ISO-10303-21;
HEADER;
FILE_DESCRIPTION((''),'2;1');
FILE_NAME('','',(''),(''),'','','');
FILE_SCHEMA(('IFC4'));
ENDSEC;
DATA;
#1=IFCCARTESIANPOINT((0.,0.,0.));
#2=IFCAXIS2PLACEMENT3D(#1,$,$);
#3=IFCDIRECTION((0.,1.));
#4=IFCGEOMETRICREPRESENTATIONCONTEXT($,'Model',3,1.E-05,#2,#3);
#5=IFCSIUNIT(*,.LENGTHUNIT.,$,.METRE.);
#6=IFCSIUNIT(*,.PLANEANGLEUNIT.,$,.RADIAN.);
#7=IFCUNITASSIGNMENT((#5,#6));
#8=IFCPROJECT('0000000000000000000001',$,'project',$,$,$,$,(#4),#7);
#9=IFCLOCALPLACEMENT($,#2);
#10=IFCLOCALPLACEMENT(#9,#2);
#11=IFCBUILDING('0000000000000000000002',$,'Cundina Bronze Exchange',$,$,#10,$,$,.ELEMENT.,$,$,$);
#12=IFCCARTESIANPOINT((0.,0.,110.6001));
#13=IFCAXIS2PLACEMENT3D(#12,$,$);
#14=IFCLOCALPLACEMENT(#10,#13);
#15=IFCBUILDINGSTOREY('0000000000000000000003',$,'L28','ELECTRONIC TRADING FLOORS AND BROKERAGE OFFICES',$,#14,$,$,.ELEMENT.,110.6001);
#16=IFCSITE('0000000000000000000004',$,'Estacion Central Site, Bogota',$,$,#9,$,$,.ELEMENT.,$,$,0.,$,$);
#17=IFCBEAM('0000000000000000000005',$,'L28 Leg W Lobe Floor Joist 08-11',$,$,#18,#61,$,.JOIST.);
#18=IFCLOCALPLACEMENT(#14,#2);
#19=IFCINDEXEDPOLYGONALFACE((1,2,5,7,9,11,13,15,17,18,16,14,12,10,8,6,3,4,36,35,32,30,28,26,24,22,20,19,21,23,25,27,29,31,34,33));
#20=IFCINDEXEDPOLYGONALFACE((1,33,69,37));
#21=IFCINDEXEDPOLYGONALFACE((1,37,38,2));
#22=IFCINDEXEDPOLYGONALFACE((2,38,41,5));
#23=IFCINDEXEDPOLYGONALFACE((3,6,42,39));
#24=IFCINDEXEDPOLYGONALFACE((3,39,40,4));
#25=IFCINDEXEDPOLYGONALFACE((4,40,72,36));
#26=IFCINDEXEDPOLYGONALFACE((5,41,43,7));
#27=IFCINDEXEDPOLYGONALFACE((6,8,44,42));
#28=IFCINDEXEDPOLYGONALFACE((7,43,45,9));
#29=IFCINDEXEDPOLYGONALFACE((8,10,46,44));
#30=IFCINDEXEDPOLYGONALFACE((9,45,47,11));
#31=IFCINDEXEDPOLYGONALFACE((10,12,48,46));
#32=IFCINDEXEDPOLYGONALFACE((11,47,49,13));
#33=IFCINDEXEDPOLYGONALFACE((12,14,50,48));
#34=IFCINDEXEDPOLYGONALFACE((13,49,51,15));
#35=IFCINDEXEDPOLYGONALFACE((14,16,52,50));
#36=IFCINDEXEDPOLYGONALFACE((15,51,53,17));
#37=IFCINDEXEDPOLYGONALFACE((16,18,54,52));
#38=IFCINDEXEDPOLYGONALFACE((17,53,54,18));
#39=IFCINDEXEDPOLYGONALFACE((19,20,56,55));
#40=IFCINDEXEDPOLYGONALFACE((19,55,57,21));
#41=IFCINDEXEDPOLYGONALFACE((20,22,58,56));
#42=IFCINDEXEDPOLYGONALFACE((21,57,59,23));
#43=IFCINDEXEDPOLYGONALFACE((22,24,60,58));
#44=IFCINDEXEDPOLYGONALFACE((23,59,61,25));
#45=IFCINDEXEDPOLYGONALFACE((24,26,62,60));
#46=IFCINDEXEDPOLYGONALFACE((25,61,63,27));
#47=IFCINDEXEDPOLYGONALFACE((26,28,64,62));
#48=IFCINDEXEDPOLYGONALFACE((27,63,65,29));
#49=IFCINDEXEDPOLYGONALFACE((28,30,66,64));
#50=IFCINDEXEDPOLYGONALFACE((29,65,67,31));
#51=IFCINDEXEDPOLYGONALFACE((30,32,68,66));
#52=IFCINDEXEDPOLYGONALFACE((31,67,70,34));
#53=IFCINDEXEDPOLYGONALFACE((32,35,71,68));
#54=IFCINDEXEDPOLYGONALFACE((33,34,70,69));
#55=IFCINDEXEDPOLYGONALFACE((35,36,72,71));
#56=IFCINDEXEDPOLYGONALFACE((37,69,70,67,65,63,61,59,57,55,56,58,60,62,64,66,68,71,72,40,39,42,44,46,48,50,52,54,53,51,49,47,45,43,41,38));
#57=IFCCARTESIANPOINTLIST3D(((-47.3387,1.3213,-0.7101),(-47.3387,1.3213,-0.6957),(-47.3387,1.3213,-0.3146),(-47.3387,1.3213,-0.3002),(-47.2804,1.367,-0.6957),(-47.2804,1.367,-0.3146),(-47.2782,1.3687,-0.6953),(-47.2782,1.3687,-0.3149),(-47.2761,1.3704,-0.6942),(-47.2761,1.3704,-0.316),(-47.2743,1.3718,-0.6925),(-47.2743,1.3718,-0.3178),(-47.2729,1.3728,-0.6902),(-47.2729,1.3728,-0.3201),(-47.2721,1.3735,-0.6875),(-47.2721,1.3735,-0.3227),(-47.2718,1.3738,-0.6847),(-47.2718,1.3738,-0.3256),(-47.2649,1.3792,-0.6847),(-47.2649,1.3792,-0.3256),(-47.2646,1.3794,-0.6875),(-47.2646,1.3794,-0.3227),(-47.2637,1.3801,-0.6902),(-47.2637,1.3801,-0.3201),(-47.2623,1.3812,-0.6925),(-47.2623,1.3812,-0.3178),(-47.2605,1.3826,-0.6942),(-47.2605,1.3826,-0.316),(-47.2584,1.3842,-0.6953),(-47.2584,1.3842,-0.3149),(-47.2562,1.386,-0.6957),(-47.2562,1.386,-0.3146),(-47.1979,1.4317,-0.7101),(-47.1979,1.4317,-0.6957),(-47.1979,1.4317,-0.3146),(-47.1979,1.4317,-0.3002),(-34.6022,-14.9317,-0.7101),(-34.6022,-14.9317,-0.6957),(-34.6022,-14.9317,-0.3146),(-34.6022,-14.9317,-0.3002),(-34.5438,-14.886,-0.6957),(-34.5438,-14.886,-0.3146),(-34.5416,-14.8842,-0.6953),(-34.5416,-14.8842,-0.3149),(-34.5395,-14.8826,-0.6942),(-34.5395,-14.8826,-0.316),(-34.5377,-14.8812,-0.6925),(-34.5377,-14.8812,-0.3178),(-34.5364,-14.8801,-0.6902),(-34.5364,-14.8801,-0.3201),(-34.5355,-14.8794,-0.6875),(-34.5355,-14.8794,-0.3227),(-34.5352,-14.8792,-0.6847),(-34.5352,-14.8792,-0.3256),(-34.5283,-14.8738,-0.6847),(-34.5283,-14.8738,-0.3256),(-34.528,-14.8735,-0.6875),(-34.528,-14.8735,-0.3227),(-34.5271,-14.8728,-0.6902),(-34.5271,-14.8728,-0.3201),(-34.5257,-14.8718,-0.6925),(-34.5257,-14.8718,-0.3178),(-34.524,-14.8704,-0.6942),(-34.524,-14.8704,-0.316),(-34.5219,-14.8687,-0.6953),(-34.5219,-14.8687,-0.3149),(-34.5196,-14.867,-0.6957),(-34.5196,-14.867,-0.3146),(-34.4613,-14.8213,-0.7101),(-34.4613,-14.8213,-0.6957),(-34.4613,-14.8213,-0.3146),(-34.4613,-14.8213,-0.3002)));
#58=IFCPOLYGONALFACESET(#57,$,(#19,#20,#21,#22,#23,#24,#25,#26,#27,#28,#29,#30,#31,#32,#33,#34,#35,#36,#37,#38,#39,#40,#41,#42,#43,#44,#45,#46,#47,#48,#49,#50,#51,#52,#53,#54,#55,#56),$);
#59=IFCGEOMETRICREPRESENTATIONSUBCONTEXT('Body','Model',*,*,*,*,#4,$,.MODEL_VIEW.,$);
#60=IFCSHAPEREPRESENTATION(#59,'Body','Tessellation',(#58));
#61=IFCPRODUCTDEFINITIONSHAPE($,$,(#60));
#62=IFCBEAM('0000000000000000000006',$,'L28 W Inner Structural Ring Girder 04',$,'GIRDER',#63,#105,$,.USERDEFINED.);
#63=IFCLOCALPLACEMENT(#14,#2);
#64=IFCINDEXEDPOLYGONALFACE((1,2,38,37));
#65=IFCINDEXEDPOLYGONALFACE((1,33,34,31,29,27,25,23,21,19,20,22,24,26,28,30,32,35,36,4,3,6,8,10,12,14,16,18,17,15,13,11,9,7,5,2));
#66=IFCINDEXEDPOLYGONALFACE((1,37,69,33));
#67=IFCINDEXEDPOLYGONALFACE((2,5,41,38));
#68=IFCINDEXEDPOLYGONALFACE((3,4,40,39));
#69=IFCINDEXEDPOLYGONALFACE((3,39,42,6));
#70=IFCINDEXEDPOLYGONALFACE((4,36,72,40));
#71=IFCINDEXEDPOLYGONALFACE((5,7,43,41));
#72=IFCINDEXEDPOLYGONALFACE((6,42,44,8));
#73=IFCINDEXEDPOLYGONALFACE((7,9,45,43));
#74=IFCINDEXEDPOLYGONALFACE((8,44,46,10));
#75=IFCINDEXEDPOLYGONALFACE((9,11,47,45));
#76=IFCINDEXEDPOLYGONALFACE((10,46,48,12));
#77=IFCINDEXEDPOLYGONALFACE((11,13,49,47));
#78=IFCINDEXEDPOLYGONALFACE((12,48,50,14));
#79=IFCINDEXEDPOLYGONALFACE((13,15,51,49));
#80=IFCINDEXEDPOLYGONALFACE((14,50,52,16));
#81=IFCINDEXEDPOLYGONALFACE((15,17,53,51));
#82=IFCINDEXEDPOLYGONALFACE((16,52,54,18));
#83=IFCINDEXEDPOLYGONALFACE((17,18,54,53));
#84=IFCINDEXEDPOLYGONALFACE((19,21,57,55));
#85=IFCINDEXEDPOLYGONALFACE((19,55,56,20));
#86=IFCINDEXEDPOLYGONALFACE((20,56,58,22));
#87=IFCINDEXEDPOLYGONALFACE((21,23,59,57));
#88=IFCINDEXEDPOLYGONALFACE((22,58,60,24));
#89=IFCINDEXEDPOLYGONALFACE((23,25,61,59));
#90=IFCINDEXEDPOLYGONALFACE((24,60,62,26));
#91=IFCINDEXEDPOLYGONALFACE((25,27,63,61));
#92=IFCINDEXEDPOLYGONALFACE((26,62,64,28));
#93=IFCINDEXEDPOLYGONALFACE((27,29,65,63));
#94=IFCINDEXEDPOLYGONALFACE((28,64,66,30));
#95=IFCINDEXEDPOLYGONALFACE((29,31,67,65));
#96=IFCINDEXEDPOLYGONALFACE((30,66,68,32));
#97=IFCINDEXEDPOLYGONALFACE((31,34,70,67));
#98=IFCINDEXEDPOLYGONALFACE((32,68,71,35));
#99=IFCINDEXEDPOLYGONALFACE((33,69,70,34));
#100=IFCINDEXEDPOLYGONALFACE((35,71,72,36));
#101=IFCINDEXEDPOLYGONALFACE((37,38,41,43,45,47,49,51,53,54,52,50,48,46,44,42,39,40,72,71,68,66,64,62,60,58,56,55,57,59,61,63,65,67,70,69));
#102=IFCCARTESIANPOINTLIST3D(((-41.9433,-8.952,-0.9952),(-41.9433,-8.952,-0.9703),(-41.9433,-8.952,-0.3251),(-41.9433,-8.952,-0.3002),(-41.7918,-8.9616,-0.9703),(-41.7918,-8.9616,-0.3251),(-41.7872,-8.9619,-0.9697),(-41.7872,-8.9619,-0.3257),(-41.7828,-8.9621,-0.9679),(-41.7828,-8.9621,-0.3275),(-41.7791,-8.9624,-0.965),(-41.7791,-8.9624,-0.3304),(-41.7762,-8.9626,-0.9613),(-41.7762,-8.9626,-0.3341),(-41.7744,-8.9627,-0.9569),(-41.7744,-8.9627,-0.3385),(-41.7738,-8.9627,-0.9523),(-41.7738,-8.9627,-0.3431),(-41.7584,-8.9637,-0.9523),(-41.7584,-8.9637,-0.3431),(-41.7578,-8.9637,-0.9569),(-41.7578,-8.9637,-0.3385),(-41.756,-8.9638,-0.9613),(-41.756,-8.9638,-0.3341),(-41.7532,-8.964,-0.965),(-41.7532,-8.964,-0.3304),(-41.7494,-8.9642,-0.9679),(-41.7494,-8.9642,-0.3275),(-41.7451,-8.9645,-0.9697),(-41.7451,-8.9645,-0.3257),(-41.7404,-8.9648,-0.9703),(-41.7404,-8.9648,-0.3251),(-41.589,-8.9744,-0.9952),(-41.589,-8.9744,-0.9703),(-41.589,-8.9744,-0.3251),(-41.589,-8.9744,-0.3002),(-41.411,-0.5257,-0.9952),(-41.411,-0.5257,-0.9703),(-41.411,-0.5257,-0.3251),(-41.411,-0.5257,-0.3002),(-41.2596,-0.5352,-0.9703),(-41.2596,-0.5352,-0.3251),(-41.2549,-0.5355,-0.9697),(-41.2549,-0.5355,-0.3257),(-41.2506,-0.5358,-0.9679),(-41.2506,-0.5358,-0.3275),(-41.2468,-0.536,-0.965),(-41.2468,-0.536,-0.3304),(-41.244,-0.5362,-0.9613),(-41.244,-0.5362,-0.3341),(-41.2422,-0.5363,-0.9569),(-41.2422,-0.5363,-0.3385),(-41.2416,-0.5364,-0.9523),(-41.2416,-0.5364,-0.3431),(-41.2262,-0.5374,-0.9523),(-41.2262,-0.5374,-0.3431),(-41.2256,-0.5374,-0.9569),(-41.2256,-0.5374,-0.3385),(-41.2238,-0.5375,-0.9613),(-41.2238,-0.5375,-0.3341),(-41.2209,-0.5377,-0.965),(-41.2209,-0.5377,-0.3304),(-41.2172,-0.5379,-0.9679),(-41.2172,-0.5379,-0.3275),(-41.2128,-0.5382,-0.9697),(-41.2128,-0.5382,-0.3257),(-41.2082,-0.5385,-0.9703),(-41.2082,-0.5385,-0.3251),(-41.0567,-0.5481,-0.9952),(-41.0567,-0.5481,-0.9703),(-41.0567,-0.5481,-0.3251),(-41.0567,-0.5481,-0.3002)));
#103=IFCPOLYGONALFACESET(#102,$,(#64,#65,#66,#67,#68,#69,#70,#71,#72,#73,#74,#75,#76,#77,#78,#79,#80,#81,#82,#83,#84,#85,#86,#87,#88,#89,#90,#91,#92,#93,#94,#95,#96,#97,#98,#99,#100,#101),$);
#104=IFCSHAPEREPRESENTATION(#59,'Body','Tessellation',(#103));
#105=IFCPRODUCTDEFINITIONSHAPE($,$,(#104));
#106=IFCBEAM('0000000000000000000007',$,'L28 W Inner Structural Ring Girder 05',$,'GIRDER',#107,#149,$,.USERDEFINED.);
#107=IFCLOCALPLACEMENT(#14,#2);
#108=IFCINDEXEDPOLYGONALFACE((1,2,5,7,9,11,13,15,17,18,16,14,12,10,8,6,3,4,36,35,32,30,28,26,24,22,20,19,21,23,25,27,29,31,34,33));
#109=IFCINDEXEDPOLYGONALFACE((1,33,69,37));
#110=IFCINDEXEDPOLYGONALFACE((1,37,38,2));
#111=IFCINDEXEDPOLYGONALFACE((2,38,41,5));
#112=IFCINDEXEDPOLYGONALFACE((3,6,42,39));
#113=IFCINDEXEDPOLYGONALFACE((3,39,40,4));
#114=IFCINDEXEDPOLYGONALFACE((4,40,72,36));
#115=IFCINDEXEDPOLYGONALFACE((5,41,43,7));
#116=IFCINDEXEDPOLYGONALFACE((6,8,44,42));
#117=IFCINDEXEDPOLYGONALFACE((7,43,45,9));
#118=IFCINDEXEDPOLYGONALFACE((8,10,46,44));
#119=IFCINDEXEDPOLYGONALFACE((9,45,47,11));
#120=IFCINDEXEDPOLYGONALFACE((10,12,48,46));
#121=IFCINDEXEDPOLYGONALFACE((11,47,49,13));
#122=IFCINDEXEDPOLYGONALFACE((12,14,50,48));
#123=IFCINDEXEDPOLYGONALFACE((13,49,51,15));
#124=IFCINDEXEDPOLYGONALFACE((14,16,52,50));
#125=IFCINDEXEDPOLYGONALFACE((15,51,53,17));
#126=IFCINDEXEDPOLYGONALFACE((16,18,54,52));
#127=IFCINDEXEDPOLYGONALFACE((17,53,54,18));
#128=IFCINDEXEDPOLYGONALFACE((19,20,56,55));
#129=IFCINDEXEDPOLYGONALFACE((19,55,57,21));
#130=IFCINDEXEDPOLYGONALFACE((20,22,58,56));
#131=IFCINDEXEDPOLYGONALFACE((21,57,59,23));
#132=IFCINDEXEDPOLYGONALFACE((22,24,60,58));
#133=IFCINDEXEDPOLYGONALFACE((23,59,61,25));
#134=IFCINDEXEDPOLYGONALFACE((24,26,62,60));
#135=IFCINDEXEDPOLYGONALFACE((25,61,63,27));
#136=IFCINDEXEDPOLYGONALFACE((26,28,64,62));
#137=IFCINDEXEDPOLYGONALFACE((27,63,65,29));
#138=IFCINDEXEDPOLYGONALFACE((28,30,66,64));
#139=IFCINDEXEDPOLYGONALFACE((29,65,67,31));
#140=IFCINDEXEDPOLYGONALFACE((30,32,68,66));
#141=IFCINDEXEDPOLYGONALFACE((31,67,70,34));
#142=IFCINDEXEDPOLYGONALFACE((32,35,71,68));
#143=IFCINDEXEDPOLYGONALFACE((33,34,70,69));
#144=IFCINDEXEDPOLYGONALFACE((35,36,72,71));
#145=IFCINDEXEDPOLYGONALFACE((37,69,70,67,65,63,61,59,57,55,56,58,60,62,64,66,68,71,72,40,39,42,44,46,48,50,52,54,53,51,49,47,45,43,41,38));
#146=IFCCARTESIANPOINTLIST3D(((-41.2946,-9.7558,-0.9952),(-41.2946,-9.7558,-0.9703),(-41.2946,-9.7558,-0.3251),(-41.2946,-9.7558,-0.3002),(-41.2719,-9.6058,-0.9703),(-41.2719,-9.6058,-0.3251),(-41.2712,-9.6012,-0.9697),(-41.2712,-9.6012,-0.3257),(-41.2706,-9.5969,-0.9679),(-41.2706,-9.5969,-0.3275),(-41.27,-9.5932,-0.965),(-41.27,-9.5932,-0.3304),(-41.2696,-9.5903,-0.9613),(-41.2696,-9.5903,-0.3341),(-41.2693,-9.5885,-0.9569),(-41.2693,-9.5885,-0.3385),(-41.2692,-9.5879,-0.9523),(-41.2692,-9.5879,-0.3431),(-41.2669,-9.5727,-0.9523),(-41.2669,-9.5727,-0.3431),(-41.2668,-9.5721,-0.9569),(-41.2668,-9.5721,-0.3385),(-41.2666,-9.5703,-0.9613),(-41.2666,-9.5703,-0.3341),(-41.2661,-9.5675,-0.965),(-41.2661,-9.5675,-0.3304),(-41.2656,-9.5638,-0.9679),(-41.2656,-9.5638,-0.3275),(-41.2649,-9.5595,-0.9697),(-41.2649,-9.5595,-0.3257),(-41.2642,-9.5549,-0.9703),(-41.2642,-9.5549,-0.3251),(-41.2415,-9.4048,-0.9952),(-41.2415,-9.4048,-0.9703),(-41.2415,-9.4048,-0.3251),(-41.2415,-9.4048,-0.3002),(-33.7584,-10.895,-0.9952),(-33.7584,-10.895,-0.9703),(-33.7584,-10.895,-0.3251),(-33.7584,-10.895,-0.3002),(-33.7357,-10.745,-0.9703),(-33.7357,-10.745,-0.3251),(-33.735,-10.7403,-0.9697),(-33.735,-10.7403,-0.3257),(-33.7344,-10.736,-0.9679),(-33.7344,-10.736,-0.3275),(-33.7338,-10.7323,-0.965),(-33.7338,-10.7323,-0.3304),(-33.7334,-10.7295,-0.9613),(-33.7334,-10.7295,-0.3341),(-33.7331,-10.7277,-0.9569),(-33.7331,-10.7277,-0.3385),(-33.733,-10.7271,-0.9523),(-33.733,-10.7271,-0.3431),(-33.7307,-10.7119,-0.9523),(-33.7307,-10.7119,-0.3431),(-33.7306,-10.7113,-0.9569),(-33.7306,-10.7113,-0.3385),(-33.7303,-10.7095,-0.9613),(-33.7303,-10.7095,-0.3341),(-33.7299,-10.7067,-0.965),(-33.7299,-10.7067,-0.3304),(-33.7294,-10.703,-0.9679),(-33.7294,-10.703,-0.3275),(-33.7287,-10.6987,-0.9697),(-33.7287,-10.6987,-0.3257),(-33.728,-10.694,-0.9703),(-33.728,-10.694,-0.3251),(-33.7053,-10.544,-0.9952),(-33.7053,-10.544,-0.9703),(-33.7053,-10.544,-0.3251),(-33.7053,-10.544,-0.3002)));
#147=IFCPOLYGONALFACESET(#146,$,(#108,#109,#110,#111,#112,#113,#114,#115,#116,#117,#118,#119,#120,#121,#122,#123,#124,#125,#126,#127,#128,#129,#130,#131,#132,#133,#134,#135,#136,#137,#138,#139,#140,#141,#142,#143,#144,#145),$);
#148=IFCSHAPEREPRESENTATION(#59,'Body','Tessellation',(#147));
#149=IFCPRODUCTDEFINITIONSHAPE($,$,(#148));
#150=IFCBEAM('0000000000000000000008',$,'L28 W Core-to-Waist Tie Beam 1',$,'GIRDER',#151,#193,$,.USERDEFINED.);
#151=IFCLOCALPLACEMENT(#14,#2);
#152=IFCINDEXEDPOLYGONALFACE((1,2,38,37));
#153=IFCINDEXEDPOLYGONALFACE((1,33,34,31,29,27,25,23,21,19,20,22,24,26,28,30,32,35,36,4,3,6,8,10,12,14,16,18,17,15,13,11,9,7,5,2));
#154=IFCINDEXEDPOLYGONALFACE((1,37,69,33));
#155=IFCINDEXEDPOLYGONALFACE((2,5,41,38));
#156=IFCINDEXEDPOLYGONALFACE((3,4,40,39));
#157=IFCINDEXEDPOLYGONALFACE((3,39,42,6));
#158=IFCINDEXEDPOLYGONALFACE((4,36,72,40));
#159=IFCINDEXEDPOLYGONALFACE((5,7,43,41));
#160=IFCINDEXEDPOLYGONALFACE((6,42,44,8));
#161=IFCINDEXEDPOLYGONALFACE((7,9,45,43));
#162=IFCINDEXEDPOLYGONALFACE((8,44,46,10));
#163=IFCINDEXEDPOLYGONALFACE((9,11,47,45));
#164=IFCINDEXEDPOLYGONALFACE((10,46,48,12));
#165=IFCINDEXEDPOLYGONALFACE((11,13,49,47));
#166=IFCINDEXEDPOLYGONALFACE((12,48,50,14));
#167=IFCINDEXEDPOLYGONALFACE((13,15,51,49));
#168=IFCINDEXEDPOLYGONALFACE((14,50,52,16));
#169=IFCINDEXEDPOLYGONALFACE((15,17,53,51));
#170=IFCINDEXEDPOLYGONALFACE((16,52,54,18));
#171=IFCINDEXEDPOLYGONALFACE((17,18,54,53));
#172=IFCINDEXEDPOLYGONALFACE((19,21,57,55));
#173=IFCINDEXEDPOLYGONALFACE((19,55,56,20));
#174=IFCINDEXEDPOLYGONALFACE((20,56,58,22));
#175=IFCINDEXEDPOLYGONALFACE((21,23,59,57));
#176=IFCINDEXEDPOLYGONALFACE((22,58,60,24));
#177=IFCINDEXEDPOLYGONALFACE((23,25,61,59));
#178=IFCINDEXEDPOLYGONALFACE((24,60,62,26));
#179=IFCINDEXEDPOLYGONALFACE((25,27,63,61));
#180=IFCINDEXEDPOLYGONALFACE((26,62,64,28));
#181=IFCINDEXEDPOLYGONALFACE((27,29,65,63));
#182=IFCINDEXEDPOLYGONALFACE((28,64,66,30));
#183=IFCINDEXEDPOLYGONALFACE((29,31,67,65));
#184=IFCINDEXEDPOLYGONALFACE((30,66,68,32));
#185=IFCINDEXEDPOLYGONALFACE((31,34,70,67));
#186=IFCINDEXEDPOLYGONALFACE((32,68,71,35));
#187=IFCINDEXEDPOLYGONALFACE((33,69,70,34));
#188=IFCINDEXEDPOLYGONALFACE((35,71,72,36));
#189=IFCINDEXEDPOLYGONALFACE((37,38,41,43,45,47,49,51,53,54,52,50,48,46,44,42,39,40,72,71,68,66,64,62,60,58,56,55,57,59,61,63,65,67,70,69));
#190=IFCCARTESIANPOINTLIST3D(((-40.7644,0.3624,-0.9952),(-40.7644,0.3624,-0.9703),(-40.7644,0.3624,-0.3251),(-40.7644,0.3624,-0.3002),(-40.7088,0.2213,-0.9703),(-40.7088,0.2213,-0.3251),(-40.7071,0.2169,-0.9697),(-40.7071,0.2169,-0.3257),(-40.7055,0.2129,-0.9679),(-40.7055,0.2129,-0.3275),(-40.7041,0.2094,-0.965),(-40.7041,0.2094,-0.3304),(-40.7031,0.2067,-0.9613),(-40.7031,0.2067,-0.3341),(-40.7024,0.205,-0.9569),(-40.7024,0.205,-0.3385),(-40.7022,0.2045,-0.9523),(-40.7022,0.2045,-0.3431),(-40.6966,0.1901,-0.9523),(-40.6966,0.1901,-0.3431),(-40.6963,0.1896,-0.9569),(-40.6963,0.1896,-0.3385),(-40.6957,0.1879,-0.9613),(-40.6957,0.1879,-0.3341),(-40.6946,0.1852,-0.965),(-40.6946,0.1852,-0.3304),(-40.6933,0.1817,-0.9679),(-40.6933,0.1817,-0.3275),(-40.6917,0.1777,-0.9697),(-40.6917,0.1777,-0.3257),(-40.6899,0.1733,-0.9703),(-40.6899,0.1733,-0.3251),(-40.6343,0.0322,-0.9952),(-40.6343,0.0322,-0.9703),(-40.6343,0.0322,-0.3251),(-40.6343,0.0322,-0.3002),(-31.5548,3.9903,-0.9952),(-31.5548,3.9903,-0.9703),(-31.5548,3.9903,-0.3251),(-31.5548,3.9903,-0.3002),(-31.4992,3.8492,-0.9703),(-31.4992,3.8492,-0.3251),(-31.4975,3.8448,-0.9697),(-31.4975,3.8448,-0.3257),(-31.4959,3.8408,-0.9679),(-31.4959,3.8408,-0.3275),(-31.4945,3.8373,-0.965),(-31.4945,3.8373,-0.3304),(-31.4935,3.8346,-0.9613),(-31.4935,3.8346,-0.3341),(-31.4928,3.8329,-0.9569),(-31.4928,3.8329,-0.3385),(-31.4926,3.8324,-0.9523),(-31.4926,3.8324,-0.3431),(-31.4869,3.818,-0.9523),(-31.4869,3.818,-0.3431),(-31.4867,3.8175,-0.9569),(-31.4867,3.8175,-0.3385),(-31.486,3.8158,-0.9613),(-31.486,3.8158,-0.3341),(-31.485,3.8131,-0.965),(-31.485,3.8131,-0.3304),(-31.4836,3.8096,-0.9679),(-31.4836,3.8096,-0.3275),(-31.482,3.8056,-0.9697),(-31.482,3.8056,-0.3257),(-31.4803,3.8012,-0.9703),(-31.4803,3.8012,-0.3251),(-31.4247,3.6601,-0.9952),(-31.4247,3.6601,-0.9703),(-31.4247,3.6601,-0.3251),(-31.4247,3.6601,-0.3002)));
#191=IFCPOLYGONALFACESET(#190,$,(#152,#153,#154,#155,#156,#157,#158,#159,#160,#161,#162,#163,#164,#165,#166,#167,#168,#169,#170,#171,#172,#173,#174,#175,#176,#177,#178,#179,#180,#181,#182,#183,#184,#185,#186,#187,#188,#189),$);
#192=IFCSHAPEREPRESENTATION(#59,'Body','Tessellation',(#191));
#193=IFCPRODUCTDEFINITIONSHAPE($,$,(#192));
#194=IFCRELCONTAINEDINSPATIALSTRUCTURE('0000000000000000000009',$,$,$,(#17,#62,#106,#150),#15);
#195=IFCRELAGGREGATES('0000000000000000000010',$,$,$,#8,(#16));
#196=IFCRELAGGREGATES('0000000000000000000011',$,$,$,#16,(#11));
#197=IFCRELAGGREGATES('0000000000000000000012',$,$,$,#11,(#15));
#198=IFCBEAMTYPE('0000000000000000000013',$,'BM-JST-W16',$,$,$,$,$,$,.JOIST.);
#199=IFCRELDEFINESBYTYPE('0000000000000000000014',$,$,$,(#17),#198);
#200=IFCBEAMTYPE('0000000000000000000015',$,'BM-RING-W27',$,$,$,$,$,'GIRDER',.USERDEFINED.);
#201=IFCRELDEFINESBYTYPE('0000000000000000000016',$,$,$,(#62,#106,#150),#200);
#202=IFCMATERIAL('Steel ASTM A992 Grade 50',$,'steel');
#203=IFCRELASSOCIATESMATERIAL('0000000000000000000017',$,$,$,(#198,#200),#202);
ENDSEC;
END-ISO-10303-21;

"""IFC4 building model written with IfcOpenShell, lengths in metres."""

from ifc_helpers import new_model, si_unit, direction, frame, origin, origin_2d, place, context, subcontext, project, spatial, i_section, extrude, material, material_profile, profile_set, type_object, element, save


model = new_model("IFC4")

# Units and contexts
model_context = context("Model", 3, precision=1e-05, world=origin(), true_north=direction((0.0, 1.0)))
body_context = subcontext(model_context, "Body", "Model", "MODEL_VIEW")
ifc_project = project(units=[si_unit("LENGTHUNIT", "METRE"), si_unit("PLANEANGLEUNIT", "RADIAN")], contexts=[model_context])

# Site, building, storey
site_placement = place(None, origin())
site = spatial("IfcSite", under=ifc_project, at=site_placement, Name="Estacion Central Site, Bogota", CompositionType="ELEMENT", RefElevation=0.0)
building_placement = place(site_placement, origin())
building = spatial("IfcBuilding", under=site, at=building_placement, Name="Cundina Bronze Exchange", CompositionType="ELEMENT")
storey_placement = place(building_placement, frame((0.0, 0.0, 110.6001)))
storey = spatial("IfcBuildingStorey", under=building, at=storey_placement, Name="L28", Description="ELECTRONIC TRADING FLOORS AND BROKERAGE OFFICES", CompositionType="ELEMENT", Elevation=110.6001)

# Shared definitions
ifc_material_1 = material(Name="Steel ASTM A992 Grade 50", Category="steel")

# Beams
ifc_material_profile_1 = material_profile(ifc_material_1, i_section(OverallWidth=0.179, OverallDepth=0.4099, WebThickness=0.0088, FlangeThickness=0.0144, FilletRadius=0.011, at=origin_2d()), Name="W16X45", Category="steel")
ifc_profile_set_1 = profile_set([ifc_material_profile_1], Name="Steel ASTM A992 Grade 50")
beam_type_1 = type_object("IfcBeamType", Name="BM-JST-W16", PredefinedType="JOIST", material=ifc_profile_set_1)
beam_1_placement = place(storey_placement, frame((-47.2683, 1.3765, -0.5051), z_axis=(0.616815, -0.787108, 0.0), x_axis=(0.787108, 0.616815, 0.0)))
element("IfcBeam", 1, at=beam_1_placement, inside=storey, type_object=beam_type_1, Name="L28 Leg W Lobe Floor Joist 08-11", PredefinedType="JOIST", context=body_context, shape_type="SweptSolid", body=[
    extrude(i_section(OverallWidth=0.179, OverallDepth=0.4099, WebThickness=0.0088, FlangeThickness=0.0144, FilletRadius=0.011, at=origin_2d()), origin(), (0.0, 0.0, 1.0), 20.6489),
])
ifc_material_profile_2 = material_profile(ifc_material_1, i_section(OverallWidth=0.355, OverallDepth=0.6951, WebThickness=0.0154, FlangeThickness=0.0249, FilletRadius=0.0181, at=origin_2d()), Name="W27X146", Category="steel")
ifc_profile_set_2 = profile_set([ifc_material_profile_2], Name="Steel ASTM A992 Grade 50")
beam_type_2 = type_object("IfcBeamType", Name="BM-RING-W27", ElementType="GIRDER", PredefinedType="USERDEFINED", material=ifc_profile_set_2)
beam_2_placement = place(storey_placement, frame((-41.2339, -0.5369, -0.6477), z_axis=(-0.063037, -0.998011, 0.0), x_axis=(0.998011, -0.063037, 0.0)))
element("IfcBeam", 2, at=beam_2_placement, inside=storey, type_object=beam_type_2, Name="L28 W Inner Structural Ring Girder 04", ObjectType="GIRDER", PredefinedType="USERDEFINED", context=body_context, shape_type="SweptSolid", body=[
    extrude(i_section(OverallWidth=0.355, OverallDepth=0.6951, WebThickness=0.0154, FlangeThickness=0.0249, FilletRadius=0.0181, at=origin_2d()), origin(), (0.0, 0.0, 1.0), 8.4431),
])
beam_3_placement = place(storey_placement, frame((-41.2681, -9.5803, -0.6477), z_axis=(0.988767, -0.149462, 0.0), x_axis=(0.149462, 0.988767, 0.0)))
element("IfcBeam", 3, at=beam_3_placement, inside=storey, type_object=beam_type_2, Name="L28 W Inner Structural Ring Girder 05", ObjectType="GIRDER", PredefinedType="USERDEFINED", context=body_context, shape_type="SweptSolid", body=[
    extrude(i_section(OverallWidth=0.355, OverallDepth=0.6951, WebThickness=0.0154, FlangeThickness=0.0249, FilletRadius=0.0181, at=origin_2d()), origin(), (0.0, 0.0, 1.0), 7.6218),
])
beam_4_placement = place(storey_placement, frame((-31.4897, 3.8252, -0.6477), z_axis=(-0.930413, -0.366512, 0.0), x_axis=(0.366512, -0.930413, 0.0)))
element("IfcBeam", 4, at=beam_4_placement, inside=storey, type_object=beam_type_2, Name="L28 W Core-to-Waist Tie Beam 1", ObjectType="GIRDER", PredefinedType="USERDEFINED", context=body_context, shape_type="SweptSolid", body=[
    extrude(i_section(OverallWidth=0.355, OverallDepth=0.6951, WebThickness=0.0154, FlangeThickness=0.0249, FilletRadius=0.0181, at=origin_2d()), origin(), (0.0, 0.0, 1.0), 9.8984),
])

save(model, "model.ifc")
